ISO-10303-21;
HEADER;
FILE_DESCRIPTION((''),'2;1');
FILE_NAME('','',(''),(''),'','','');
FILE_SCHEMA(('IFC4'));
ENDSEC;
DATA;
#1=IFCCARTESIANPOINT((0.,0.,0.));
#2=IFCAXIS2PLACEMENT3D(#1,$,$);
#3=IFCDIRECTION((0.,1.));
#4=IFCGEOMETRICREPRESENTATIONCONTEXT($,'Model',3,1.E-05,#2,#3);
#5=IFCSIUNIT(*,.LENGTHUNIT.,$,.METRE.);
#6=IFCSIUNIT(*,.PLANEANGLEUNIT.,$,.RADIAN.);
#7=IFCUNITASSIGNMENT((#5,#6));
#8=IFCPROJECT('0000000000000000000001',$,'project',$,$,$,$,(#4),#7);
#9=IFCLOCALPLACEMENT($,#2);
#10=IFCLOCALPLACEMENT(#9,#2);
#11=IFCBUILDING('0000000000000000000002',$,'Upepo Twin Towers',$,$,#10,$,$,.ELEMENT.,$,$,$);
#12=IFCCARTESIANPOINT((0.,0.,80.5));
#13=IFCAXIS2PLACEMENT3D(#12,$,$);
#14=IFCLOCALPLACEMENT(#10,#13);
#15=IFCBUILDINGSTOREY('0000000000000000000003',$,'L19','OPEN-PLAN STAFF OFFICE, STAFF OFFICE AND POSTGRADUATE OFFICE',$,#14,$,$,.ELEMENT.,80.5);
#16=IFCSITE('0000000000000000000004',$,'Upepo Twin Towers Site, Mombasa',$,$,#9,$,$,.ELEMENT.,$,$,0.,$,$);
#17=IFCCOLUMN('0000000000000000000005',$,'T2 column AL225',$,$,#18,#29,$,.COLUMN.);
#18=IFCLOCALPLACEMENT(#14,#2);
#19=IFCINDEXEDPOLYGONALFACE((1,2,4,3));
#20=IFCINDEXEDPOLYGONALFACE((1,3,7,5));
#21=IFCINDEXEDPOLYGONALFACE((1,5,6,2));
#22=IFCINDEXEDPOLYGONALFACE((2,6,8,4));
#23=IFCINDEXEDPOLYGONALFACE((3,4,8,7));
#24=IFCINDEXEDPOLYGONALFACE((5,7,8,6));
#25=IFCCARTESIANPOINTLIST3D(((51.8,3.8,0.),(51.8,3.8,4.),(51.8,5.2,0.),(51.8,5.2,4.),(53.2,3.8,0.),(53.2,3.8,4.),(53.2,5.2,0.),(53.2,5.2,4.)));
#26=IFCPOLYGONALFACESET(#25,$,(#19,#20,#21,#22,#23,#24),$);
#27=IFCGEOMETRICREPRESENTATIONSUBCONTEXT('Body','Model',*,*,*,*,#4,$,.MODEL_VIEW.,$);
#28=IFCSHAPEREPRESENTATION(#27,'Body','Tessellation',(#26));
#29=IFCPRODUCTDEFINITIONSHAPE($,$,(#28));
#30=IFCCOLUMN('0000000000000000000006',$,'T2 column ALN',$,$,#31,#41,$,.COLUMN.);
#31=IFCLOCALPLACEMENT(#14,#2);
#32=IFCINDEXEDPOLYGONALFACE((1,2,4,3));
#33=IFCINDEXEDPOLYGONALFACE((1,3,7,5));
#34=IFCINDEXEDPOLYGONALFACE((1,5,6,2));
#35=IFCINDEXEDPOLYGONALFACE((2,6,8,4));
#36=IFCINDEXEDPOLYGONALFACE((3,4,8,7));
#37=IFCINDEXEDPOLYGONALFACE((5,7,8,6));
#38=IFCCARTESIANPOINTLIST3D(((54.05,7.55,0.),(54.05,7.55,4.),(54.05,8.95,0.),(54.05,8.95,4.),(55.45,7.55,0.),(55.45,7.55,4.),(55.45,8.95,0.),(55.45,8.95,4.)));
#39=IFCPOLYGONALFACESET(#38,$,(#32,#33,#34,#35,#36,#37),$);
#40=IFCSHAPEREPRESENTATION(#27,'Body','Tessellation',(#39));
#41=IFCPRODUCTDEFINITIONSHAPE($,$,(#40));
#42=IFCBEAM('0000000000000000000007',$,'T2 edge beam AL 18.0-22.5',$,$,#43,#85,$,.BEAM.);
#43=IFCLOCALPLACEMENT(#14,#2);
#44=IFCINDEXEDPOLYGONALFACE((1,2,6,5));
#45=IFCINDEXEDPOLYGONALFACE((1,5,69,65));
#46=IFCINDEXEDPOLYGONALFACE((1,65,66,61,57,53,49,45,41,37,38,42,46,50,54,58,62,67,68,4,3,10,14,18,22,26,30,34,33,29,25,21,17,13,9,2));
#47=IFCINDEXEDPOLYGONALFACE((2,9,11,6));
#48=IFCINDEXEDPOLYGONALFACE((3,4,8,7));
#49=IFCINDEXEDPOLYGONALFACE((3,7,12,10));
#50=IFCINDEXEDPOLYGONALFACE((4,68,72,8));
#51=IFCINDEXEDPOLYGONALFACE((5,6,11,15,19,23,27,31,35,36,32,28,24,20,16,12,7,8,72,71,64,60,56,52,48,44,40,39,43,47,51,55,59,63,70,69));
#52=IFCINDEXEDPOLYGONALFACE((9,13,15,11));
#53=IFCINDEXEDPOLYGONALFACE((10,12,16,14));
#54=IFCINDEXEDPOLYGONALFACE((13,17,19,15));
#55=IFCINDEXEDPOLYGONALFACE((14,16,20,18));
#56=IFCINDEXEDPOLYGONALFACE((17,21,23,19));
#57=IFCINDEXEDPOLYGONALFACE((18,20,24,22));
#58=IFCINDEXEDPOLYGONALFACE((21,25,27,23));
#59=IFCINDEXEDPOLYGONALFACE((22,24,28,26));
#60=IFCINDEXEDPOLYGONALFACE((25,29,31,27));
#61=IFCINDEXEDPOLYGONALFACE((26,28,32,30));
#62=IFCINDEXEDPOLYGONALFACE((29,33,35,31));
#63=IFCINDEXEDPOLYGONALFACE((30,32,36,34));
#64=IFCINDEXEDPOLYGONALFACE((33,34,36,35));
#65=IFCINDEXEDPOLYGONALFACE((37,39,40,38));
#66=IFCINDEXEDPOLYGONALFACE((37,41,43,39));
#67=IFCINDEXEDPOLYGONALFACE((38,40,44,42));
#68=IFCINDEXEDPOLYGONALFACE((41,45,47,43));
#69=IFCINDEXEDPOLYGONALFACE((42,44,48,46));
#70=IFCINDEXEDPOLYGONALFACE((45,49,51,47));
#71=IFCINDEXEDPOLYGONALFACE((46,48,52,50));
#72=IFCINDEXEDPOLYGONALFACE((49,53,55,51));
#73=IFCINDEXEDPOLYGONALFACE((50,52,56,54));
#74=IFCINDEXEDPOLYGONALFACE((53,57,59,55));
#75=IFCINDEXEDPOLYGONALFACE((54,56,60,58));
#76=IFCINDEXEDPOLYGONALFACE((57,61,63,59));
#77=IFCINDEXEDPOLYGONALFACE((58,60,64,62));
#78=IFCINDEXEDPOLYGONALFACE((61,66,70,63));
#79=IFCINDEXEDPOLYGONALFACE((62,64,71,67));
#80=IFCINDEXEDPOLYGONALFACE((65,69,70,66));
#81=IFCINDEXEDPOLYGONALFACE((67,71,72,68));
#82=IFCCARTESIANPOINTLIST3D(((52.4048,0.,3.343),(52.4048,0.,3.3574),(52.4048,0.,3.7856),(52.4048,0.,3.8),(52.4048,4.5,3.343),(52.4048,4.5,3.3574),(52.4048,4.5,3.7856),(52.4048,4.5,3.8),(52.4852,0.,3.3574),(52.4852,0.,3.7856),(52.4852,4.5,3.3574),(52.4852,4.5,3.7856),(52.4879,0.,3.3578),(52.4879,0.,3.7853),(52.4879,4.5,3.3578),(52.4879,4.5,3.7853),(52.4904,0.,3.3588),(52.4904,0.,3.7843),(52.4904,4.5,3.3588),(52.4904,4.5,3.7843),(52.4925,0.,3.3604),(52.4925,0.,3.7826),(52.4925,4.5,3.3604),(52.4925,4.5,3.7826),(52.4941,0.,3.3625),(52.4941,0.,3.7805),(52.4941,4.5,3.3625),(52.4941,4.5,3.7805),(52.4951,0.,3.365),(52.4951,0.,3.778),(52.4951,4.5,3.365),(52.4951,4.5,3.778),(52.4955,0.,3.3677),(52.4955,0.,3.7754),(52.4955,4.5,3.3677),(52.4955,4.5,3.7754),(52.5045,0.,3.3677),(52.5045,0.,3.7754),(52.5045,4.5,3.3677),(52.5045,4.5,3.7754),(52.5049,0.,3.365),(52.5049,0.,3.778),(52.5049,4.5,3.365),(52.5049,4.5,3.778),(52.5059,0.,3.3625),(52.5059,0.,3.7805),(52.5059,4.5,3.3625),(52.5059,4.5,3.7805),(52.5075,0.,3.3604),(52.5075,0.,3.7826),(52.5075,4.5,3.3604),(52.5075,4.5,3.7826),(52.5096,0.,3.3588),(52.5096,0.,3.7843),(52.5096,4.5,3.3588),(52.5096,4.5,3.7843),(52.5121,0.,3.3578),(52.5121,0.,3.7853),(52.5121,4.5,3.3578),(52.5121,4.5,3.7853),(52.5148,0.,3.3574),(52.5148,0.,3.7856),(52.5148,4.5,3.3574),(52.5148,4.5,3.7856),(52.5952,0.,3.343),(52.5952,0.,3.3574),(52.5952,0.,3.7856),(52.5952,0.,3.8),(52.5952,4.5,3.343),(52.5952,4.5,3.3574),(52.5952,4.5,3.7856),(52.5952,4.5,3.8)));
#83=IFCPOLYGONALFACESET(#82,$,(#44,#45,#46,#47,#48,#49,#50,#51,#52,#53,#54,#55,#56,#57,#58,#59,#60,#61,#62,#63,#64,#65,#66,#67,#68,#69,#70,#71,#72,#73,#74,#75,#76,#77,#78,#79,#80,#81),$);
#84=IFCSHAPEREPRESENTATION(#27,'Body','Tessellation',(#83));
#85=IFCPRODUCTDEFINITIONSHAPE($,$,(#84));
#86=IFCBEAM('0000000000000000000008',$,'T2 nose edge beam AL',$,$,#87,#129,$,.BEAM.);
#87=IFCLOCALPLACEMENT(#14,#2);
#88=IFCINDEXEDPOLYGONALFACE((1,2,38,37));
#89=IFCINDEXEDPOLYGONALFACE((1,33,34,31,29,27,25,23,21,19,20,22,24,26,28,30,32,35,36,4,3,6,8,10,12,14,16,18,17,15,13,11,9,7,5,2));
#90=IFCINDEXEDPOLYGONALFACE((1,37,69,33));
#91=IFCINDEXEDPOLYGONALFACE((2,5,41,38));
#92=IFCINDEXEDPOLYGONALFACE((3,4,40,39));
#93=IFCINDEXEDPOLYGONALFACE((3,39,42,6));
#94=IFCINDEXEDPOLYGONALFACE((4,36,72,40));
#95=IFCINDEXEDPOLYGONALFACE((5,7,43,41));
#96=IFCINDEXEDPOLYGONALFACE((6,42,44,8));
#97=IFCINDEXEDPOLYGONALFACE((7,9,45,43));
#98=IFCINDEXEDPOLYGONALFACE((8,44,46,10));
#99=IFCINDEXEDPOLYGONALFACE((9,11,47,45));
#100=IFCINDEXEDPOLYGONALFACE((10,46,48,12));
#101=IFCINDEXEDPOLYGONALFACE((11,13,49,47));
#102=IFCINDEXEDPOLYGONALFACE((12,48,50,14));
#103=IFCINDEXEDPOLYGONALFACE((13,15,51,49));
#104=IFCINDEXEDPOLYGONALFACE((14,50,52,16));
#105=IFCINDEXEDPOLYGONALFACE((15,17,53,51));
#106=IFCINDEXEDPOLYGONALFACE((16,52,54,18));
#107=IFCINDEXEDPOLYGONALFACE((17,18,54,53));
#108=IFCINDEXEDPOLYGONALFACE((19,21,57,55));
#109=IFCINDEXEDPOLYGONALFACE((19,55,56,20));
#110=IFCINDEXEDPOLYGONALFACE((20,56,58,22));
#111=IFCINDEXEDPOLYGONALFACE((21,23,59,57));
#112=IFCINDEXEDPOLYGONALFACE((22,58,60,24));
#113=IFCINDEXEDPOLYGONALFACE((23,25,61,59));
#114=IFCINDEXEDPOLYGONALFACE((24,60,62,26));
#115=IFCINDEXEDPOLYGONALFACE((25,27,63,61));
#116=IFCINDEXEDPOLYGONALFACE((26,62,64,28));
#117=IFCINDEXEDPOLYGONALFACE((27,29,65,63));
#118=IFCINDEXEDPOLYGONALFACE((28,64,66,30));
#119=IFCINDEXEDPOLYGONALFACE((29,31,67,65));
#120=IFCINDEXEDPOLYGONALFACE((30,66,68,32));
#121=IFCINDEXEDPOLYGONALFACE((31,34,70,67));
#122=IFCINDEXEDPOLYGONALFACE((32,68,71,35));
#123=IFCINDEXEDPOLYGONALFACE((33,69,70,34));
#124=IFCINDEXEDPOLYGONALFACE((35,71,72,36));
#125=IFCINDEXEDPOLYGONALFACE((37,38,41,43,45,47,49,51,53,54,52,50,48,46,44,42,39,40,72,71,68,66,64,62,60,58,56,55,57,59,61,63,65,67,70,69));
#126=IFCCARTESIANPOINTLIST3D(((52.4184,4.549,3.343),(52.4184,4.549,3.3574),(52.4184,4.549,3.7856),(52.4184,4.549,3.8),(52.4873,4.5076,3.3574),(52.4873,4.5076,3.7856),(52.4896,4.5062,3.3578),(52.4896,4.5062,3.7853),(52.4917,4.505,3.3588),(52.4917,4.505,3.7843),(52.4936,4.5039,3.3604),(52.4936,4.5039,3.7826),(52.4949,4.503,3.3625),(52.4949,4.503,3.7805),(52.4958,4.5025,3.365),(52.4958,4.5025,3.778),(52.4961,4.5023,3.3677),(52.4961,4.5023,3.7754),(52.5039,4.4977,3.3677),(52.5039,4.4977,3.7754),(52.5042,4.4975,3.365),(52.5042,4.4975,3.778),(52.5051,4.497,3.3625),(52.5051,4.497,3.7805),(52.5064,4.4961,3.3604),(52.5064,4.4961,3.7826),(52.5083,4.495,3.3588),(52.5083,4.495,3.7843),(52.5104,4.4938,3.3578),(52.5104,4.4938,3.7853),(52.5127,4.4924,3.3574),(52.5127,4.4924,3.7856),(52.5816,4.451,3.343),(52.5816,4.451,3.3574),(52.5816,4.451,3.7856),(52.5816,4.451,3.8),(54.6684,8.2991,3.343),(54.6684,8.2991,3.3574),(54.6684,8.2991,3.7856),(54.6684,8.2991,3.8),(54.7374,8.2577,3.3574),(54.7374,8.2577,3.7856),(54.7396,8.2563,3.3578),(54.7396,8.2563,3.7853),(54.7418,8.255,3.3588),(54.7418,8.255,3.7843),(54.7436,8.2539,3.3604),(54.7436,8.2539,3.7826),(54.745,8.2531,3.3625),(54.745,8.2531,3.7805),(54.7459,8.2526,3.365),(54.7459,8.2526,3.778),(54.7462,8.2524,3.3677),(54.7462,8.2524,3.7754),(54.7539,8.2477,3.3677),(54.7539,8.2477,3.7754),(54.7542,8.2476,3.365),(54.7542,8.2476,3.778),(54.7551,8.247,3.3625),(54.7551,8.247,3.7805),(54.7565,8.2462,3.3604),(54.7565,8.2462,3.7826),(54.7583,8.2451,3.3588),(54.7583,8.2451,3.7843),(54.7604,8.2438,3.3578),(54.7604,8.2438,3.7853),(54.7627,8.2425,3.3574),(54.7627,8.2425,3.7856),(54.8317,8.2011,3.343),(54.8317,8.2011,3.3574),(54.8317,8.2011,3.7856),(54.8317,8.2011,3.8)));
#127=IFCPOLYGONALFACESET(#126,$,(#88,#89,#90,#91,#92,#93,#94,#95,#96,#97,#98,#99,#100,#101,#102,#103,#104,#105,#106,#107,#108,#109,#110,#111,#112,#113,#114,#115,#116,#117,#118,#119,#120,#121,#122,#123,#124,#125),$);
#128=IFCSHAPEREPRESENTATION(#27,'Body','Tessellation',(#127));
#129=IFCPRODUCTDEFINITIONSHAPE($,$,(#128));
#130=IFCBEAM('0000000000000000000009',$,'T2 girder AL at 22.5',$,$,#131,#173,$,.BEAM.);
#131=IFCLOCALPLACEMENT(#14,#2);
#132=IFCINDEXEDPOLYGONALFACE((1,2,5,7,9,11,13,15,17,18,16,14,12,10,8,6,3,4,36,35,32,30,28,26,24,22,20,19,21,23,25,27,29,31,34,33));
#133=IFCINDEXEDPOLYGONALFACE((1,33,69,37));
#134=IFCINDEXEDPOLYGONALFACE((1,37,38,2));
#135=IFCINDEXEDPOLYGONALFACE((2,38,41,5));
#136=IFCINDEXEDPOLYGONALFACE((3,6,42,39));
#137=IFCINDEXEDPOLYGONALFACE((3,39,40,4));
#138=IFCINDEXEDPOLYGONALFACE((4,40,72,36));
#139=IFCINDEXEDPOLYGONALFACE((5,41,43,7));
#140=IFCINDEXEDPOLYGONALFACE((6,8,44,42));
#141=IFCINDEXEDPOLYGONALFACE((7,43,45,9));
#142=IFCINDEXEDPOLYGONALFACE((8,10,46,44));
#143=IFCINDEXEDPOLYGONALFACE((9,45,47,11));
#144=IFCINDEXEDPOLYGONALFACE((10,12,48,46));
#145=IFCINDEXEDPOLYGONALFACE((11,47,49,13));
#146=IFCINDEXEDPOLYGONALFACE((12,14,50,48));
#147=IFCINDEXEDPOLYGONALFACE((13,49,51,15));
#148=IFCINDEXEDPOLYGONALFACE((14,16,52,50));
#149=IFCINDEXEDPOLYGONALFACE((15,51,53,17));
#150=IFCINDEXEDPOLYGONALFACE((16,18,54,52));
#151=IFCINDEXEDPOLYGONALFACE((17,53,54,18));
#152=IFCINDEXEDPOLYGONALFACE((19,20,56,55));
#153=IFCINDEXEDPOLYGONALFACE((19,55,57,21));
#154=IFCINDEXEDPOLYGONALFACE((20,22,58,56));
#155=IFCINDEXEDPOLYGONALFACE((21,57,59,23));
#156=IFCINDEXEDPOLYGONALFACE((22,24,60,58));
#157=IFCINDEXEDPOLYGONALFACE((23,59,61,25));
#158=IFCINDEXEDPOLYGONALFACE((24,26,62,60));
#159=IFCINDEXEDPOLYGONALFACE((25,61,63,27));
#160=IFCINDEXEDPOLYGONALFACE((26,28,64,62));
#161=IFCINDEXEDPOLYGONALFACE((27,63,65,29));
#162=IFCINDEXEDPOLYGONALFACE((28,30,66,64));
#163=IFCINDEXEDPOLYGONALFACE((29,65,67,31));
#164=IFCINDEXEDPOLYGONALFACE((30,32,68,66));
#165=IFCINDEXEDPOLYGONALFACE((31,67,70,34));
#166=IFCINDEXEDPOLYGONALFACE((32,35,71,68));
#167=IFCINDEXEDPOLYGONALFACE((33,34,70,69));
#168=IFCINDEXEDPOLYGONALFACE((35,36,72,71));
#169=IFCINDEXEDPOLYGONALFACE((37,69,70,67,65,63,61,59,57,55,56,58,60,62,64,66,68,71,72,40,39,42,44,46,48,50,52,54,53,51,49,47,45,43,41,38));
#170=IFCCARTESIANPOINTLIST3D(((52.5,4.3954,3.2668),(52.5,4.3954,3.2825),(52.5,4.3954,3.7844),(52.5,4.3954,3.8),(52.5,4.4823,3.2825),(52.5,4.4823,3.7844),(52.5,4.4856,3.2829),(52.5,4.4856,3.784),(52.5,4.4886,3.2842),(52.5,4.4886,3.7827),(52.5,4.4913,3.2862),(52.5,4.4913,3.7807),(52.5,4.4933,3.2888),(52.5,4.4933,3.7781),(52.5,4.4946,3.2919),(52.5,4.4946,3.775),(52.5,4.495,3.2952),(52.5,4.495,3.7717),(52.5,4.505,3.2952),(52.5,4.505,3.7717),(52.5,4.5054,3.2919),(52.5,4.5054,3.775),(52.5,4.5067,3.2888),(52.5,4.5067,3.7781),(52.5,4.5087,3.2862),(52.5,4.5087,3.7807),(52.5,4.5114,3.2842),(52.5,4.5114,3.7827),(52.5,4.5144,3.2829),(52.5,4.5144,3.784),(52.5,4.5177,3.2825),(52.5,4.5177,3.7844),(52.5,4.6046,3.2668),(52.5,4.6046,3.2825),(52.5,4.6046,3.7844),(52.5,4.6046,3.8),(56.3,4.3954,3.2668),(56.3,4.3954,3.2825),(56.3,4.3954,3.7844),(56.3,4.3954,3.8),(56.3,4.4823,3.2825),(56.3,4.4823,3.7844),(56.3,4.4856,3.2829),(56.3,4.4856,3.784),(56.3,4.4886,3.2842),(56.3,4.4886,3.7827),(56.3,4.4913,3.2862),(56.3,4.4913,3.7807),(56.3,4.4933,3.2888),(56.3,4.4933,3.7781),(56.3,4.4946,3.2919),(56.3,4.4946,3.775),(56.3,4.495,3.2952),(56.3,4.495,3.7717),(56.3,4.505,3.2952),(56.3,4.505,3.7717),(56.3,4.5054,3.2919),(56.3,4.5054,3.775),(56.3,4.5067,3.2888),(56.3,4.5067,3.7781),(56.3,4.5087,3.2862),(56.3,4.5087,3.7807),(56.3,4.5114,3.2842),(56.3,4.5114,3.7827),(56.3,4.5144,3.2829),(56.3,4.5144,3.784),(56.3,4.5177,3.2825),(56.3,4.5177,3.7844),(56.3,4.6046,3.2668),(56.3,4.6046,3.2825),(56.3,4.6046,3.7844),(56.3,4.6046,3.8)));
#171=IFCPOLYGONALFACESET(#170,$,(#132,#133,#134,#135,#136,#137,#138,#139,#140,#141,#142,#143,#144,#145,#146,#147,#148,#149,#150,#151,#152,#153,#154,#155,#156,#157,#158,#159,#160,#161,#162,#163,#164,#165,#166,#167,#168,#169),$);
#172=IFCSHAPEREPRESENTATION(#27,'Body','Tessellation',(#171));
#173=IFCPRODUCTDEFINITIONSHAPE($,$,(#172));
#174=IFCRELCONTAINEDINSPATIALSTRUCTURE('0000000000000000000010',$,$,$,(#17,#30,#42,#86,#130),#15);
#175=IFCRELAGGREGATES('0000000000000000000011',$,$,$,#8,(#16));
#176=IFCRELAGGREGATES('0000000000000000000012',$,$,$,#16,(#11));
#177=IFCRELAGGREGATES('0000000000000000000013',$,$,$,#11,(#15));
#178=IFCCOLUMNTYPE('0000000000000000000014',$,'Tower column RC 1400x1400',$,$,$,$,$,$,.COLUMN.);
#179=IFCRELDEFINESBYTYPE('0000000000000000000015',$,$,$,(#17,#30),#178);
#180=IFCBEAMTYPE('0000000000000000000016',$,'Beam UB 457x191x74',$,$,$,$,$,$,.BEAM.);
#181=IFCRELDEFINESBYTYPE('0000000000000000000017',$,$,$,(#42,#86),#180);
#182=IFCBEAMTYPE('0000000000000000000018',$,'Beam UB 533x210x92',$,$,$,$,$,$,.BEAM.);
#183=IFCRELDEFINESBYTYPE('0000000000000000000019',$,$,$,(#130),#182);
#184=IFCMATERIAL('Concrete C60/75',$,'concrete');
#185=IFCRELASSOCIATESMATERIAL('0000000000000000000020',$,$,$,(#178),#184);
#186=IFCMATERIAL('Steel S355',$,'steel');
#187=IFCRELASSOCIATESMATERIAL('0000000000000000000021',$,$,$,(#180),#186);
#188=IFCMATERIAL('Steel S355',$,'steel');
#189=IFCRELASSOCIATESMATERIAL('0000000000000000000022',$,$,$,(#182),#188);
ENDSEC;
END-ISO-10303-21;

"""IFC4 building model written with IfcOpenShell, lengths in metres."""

from ifc_helpers import new_model, si_unit, direction, frame, origin, origin_2d, place, context, subcontext, project, spatial, rectangle, i_section, extrude, material, material_profile, profile_set, type_object, element, save


model = new_model("IFC4")

# Units and contexts
model_context = context("Model", 3, precision=1e-05, world=origin(), true_north=direction((0.0, 1.0)))
body_context = subcontext(model_context, "Body", "Model", "MODEL_VIEW")
ifc_project = project(units=[si_unit("LENGTHUNIT", "METRE"), si_unit("PLANEANGLEUNIT", "RADIAN")], contexts=[model_context])

# Site, building, storey
site_placement = place(None, origin())
site = spatial("IfcSite", under=ifc_project, at=site_placement, Name="Upepo Twin Towers Site, Mombasa", CompositionType="ELEMENT", RefElevation=0.0)
building_placement = place(site_placement, origin())
building = spatial("IfcBuilding", under=site, at=building_placement, Name="Upepo Twin Towers", CompositionType="ELEMENT")
storey_placement = place(building_placement, frame((0.0, 0.0, 80.5)))
storey = spatial("IfcBuildingStorey", under=building, at=storey_placement, Name="L19", Description="OPEN-PLAN STAFF OFFICE, STAFF OFFICE AND POSTGRADUATE OFFICE", CompositionType="ELEMENT", Elevation=80.5)

# Columns
ifc_material_1 = material(Name="Concrete C60/75", Category="concrete")
ifc_material_profile_1 = material_profile(ifc_material_1, rectangle(XDim=1.3999, YDim=1.3999, at=origin_2d()), Name="RC 1400x1400")
ifc_profile_set_1 = profile_set([ifc_material_profile_1], Name="Concrete C60/75")
column_type = type_object("IfcColumnType", Name="Tower column RC 1400x1400", PredefinedType="COLUMN", material=ifc_profile_set_1)
for number, where, z_axis, x_axis, name in (
    (1, (52.5, 4.5, 0.0), (0.0, 0.0, 1.0), (1.0, 0.0, 0.0), "T2 column AL225"),
    (2, (54.75, 8.25, 0.0), (0.0, 0.0, 1.0), (1.0, 0.0, 0.0), "T2 column ALN"),
):
    element("IfcColumn", number, at=place(storey_placement, frame(where, z_axis=z_axis, x_axis=x_axis)), inside=storey, type_object=column_type, Name=name, PredefinedType="COLUMN", context=body_context, shape_type="SweptSolid", body=[
        extrude(rectangle(XDim=1.3999, YDim=1.3999, at=origin_2d()), origin(), (0.0, 0.0, 1.0), 4.0),
    ])

# Beams
ifc_material_2 = material(Name="Steel S355", Category="steel")
ifc_material_profile_2 = material_profile(ifc_material_2, i_section(OverallWidth=0.1904, OverallDepth=0.457, WebThickness=0.009, FlangeThickness=0.0144, FilletRadius=0.0103, at=origin_2d()), Name="UB 457x191x74")
ifc_profile_set_2 = profile_set([ifc_material_profile_2], Name="Steel S355")
beam_type_1 = type_object("IfcBeamType", Name="Beam UB 457x191x74", PredefinedType="BEAM", material=ifc_profile_set_2)
beam_1_placement = place(storey_placement, frame((52.5, 0.0, 3.5715), z_axis=(0.0, 1.0, 0.0), x_axis=(-1.0, 0.0, 0.0)))
element("IfcBeam", 3, at=beam_1_placement, inside=storey, type_object=beam_type_1, Name="T2 edge beam AL 18.0-22.5", PredefinedType="BEAM", context=body_context, shape_type="SweptSolid", body=[
    extrude(i_section(OverallWidth=0.1904, OverallDepth=0.457, WebThickness=0.009, FlangeThickness=0.0144, FilletRadius=0.0103, at=origin_2d()), origin(), (0.0, 0.0, 1.0), 4.5),
])
beam_2_placement = place(storey_placement, frame((52.5, 4.5, 3.5715), z_axis=(0.514496, 0.857493, 0.0), x_axis=(-0.857493, 0.514496, 0.0)))
element("IfcBeam", 4, at=beam_2_placement, inside=storey, type_object=beam_type_1, Name="T2 nose edge beam AL", PredefinedType="BEAM", context=body_context, shape_type="SweptSolid", body=[
    extrude(i_section(OverallWidth=0.1904, OverallDepth=0.457, WebThickness=0.009, FlangeThickness=0.0144, FilletRadius=0.0103, at=origin_2d()), origin(), (0.0, 0.0, 1.0), 4.3733),
])
ifc_material_3 = material(Name="Steel S355", Category="steel")
ifc_material_profile_3 = material_profile(ifc_material_3, i_section(OverallWidth=0.2092, OverallDepth=0.5332, WebThickness=0.01, FlangeThickness=0.0156, FilletRadius=0.0127, at=origin_2d()), Name="UB 533x210x92")
ifc_profile_set_3 = profile_set([ifc_material_profile_3], Name="Steel S355")
beam_type_2 = type_object("IfcBeamType", Name="Beam UB 533x210x92", PredefinedType="BEAM", material=ifc_profile_set_3)
beam_3_placement = place(storey_placement, frame((52.5, 4.5, 3.5334), z_axis=(1.0, 0.0, 0.0), x_axis=(0.0, 1.0, 0.0)))
element("IfcBeam", 5, at=beam_3_placement, inside=storey, type_object=beam_type_2, Name="T2 girder AL at 22.5", PredefinedType="BEAM", context=body_context, shape_type="SweptSolid", body=[
    extrude(i_section(OverallWidth=0.2092, OverallDepth=0.5332, WebThickness=0.01, FlangeThickness=0.0156, FilletRadius=0.0127, at=origin_2d()), origin(), (0.0, 0.0, 1.0), 3.8),
])

save(model, "model.ifc")
